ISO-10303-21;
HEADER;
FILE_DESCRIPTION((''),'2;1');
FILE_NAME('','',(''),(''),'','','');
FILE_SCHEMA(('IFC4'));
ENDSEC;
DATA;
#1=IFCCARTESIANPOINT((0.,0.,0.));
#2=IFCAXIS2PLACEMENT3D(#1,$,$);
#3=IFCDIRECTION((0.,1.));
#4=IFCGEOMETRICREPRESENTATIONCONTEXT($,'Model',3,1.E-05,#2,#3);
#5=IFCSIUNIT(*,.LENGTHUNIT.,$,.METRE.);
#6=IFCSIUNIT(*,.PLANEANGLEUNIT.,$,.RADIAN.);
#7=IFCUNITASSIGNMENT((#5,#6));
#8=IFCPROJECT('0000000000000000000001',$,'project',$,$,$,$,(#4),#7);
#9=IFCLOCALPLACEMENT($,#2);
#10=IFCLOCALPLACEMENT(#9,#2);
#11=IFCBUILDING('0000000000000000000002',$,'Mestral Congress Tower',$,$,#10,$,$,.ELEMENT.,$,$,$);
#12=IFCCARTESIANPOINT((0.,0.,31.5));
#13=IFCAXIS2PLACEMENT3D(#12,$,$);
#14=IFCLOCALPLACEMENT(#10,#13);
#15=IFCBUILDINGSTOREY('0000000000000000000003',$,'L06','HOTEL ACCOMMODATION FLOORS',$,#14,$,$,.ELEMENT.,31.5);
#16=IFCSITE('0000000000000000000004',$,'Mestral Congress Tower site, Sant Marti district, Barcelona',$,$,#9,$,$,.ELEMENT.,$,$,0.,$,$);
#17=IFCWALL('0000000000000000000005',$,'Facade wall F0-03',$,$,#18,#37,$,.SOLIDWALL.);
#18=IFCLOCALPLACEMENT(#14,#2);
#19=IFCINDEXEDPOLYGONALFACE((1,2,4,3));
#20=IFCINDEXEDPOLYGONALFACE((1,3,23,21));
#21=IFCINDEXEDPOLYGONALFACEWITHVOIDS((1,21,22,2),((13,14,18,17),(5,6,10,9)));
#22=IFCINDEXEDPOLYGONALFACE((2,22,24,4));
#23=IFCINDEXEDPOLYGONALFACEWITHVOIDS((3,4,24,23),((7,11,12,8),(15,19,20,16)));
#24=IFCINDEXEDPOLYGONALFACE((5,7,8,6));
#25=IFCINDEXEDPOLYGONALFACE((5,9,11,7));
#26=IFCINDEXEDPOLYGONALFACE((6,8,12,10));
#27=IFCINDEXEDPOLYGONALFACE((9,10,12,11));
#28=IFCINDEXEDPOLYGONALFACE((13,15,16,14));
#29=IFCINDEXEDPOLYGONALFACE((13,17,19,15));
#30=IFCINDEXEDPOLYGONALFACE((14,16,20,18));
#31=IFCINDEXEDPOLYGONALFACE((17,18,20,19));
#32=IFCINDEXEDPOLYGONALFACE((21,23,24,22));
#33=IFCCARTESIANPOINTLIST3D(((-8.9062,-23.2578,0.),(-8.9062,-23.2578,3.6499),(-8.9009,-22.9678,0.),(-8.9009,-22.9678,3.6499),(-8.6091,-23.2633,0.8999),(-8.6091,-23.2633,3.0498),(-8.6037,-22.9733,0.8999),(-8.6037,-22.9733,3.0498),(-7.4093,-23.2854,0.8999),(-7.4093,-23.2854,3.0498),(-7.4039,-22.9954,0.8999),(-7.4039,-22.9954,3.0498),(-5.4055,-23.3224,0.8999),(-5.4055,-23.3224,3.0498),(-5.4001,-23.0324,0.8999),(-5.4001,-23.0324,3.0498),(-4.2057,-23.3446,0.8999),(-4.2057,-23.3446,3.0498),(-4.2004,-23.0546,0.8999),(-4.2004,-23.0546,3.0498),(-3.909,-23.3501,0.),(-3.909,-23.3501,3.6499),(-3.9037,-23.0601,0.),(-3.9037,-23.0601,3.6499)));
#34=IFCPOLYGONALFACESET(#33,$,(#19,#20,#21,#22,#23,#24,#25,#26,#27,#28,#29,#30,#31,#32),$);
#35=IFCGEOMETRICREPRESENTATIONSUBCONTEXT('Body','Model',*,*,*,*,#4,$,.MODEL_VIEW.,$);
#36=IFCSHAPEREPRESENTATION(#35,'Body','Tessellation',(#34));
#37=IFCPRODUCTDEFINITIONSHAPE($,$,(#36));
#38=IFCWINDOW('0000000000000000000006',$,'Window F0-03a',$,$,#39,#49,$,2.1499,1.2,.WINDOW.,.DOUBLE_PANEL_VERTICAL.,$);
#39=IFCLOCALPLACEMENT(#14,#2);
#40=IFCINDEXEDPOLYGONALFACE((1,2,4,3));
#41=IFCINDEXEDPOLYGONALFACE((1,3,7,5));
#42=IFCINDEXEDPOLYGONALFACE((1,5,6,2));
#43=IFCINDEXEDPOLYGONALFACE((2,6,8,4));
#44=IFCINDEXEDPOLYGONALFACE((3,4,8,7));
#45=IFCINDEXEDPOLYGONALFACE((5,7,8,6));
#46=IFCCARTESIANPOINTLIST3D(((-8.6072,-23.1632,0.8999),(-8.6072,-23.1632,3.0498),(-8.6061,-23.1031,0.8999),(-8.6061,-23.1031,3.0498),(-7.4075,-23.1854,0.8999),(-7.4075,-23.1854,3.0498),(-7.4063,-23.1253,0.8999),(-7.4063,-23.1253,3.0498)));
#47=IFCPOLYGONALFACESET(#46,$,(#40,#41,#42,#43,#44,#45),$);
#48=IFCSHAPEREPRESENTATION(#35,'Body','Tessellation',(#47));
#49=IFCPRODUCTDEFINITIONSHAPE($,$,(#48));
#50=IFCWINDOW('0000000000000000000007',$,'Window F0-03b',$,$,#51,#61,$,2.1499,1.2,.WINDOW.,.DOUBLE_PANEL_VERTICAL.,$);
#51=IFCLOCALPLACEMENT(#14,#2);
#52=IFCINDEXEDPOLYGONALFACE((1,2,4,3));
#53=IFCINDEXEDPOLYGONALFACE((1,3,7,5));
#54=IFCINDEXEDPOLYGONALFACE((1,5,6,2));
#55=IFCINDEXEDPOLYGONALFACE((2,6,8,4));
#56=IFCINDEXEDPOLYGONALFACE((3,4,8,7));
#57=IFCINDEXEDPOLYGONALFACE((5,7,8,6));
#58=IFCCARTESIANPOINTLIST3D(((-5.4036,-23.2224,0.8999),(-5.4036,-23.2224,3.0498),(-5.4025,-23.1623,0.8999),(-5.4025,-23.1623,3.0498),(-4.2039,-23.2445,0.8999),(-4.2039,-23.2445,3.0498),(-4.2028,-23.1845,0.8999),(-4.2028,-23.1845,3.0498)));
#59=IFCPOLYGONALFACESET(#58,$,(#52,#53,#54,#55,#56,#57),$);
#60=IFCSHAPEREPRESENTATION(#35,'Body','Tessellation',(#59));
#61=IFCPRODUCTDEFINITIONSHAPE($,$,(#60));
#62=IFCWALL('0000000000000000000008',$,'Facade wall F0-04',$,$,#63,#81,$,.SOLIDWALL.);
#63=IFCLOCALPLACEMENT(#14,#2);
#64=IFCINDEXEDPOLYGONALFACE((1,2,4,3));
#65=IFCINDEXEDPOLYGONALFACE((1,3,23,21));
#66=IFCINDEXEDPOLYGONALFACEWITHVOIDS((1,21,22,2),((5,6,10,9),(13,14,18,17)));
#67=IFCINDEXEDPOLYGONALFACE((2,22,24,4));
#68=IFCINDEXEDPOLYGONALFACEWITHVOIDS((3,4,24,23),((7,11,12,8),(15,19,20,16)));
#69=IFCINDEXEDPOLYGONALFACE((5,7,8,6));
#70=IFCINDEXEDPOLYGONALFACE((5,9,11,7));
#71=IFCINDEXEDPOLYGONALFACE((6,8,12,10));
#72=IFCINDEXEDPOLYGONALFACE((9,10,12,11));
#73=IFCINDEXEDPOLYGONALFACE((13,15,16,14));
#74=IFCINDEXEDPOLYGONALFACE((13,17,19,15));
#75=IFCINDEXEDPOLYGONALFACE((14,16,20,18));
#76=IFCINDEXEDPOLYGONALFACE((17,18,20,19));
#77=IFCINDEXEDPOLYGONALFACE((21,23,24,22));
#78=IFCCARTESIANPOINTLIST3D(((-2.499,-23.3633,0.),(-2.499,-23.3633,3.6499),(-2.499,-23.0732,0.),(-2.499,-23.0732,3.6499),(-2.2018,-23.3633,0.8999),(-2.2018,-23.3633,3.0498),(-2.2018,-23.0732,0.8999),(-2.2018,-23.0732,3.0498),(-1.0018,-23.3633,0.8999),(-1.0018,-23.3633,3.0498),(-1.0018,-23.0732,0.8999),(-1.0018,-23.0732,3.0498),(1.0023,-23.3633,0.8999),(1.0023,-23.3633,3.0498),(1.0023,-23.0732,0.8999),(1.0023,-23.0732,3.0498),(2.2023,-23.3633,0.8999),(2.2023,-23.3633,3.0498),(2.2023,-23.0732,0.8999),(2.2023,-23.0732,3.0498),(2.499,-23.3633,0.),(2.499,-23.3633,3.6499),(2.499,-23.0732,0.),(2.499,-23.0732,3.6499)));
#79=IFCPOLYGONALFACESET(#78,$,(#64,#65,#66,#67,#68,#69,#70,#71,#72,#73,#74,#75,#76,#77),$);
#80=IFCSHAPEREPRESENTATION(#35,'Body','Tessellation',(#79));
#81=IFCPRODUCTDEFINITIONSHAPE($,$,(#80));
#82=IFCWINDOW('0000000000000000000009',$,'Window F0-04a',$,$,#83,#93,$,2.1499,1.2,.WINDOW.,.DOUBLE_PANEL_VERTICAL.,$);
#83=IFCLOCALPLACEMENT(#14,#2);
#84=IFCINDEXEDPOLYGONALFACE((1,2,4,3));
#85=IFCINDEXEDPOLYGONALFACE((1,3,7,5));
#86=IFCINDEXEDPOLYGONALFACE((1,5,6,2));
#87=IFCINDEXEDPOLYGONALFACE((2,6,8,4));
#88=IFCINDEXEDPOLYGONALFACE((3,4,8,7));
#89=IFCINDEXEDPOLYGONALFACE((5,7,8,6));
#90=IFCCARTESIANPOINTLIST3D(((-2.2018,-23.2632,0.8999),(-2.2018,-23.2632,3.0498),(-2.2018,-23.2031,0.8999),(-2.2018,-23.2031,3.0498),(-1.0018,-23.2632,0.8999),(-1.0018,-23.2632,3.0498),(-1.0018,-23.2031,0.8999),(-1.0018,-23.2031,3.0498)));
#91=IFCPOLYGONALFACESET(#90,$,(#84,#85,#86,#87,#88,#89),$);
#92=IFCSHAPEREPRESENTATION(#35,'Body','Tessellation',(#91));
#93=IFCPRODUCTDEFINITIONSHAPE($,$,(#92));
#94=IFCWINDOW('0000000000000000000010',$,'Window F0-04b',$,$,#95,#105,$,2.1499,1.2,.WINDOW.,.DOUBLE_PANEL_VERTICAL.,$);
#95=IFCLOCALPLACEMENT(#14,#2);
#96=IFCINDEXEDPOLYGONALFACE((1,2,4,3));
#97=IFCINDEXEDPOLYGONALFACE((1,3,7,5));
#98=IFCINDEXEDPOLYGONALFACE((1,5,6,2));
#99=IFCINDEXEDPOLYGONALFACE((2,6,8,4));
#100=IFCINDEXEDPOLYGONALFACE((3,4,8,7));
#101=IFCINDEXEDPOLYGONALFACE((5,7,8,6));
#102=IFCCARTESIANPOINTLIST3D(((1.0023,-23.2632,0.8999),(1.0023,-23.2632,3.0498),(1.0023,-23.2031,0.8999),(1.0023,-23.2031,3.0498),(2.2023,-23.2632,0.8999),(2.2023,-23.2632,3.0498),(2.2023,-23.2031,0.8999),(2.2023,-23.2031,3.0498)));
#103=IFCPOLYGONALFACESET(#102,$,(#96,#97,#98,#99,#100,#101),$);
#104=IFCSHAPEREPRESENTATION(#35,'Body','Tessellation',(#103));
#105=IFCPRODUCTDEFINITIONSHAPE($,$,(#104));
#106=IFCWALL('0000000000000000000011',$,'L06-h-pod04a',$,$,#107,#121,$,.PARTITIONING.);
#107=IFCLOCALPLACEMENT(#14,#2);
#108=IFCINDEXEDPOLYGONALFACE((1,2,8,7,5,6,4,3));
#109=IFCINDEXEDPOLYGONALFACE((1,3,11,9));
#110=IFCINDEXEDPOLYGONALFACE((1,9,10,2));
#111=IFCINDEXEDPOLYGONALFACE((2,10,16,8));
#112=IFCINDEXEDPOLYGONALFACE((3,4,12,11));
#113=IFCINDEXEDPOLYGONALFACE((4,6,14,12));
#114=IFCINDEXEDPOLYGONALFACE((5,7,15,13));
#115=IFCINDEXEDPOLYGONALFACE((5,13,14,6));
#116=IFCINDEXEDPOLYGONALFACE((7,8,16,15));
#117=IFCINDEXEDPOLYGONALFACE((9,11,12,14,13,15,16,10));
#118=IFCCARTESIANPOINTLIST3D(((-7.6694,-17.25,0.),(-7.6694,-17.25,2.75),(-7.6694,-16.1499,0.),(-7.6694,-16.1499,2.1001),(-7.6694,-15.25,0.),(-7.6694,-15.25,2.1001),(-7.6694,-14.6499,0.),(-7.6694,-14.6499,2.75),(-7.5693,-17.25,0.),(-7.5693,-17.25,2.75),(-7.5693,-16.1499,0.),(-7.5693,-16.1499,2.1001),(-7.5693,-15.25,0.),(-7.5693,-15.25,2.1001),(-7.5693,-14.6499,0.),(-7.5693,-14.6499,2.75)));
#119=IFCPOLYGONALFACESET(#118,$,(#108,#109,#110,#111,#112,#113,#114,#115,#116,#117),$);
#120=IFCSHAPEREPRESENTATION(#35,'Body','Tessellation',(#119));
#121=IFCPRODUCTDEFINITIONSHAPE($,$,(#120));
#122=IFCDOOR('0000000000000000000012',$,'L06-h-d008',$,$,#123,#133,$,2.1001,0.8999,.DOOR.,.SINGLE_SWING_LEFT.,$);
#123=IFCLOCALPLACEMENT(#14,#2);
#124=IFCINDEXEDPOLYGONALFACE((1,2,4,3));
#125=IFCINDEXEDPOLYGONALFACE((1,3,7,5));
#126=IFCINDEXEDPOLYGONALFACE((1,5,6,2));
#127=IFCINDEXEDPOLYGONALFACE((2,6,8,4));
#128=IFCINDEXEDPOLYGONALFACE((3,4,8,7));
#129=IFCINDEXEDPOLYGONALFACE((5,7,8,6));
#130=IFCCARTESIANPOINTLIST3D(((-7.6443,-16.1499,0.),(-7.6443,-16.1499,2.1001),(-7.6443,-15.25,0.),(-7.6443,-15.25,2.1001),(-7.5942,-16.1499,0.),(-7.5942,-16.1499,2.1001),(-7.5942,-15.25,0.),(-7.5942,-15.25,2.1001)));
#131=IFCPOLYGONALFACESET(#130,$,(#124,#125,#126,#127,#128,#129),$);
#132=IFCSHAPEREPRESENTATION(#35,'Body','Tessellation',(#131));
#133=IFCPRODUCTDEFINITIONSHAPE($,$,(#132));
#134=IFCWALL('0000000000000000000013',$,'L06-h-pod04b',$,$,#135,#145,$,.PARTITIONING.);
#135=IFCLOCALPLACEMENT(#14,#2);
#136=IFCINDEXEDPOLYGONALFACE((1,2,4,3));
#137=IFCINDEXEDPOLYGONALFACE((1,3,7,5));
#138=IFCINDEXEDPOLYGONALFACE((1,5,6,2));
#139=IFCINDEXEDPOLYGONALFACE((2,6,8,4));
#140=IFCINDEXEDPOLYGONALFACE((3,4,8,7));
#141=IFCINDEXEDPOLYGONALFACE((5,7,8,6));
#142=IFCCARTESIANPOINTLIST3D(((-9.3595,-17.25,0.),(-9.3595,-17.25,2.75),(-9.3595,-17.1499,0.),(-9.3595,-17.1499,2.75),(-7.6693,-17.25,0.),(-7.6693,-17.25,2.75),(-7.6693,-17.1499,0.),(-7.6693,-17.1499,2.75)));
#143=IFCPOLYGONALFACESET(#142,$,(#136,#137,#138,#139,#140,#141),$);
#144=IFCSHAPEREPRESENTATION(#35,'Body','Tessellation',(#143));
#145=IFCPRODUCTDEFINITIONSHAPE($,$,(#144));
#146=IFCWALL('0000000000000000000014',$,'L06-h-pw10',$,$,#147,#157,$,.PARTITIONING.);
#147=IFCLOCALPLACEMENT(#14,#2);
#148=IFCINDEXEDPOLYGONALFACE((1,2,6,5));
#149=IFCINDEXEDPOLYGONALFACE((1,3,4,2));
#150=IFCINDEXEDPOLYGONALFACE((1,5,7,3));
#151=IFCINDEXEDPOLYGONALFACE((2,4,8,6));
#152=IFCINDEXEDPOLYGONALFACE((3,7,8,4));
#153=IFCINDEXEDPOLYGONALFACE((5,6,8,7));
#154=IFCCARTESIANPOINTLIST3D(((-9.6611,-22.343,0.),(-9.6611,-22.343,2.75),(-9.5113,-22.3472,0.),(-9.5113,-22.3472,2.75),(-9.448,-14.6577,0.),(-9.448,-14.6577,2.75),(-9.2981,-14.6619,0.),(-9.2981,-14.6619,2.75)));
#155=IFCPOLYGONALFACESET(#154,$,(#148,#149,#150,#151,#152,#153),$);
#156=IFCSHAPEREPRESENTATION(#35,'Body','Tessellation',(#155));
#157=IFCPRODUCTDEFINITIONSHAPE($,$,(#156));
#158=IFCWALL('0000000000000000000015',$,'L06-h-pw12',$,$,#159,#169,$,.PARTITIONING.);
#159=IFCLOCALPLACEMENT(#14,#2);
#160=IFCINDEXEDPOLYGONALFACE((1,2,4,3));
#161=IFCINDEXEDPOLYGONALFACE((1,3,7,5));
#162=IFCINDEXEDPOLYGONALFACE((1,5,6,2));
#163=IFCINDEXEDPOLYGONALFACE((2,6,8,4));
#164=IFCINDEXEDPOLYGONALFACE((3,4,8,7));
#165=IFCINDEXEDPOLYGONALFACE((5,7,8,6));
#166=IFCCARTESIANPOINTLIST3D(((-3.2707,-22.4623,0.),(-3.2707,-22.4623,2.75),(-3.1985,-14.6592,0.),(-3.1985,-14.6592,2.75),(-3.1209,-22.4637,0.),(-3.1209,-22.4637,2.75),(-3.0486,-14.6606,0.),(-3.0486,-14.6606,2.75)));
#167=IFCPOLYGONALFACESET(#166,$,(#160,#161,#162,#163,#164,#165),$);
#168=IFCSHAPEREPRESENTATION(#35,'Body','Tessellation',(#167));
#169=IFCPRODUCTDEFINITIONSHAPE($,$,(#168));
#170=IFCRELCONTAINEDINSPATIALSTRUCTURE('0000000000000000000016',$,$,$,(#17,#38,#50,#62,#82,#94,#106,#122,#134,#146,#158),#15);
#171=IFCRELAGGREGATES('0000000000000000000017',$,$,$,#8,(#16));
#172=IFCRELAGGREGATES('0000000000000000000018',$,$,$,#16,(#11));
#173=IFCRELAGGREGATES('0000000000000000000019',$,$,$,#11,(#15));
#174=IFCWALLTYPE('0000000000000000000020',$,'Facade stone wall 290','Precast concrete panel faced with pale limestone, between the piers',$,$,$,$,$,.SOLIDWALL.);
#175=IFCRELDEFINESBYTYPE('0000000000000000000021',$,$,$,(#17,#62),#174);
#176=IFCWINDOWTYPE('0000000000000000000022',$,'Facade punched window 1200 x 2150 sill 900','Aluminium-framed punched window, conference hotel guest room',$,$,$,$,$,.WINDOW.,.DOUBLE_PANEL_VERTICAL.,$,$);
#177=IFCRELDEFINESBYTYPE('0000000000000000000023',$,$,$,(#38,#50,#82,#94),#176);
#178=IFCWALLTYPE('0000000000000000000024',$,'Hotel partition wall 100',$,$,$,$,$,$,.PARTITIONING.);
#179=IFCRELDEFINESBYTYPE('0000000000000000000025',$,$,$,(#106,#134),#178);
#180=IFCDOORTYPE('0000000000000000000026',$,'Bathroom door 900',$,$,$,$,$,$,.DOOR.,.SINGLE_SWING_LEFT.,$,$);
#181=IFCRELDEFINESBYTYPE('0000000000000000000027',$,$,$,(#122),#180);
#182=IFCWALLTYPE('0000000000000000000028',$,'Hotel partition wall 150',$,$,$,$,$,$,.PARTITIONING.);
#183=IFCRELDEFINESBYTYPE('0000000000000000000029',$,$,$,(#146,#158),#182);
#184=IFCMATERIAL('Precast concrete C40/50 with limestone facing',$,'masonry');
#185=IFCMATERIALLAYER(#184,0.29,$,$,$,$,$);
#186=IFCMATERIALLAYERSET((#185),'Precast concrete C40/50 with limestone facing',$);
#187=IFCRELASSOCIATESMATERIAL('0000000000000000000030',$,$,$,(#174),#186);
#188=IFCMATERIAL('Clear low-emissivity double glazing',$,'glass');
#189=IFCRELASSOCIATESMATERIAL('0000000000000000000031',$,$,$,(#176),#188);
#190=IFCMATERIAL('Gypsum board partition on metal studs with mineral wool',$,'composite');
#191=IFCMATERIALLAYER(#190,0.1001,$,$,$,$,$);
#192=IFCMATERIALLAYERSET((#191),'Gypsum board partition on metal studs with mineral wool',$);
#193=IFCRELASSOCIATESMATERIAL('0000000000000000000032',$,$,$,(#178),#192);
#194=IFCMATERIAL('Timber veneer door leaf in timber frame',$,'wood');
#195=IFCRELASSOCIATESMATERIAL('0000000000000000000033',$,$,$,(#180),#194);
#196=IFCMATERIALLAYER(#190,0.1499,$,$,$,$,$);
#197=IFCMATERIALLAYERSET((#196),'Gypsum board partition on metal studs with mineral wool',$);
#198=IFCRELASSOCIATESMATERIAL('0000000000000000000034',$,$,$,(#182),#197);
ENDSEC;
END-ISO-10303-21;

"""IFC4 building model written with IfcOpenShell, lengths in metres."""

from ifc_helpers import new_model, si_unit, direction, frame, frame_2d, origin, place, context, subcontext, project, spatial, rectangle, extrude, material, layer, layer_set, type_object, element, fill, save


model = new_model("IFC4")

# Units and contexts
model_context = context("Model", 3, precision=1e-05, world=origin(), true_north=direction((0.0, 1.0)))
body_context = subcontext(model_context, "Body", "Model", "MODEL_VIEW")
ifc_project = project(units=[si_unit("LENGTHUNIT", "METRE"), si_unit("PLANEANGLEUNIT", "RADIAN")], contexts=[model_context])

# Site, building, storey
site_placement = place(None, origin())
site = spatial("IfcSite", under=ifc_project, at=site_placement, Name="Mestral Congress Tower site, Sant Marti district, Barcelona", CompositionType="ELEMENT", RefElevation=0.0)
building_placement = place(site_placement, origin())
building = spatial("IfcBuilding", under=site, at=building_placement, Name="Mestral Congress Tower", CompositionType="ELEMENT")
storey_placement = place(building_placement, frame((0.0, 0.0, 31.5)))
storey = spatial("IfcBuildingStorey", under=building, at=storey_placement, Name="L06", Description="HOTEL ACCOMMODATION FLOORS", CompositionType="ELEMENT", Elevation=31.5)

# Walls, openings, windows
ifc_material_1 = material(Name="Precast concrete C40/50 with limestone facing", Category="masonry")
ifc_layer_1 = layer(ifc_material_1, 0.29)
ifc_layer_set_1 = layer_set([ifc_layer_1], Name="Precast concrete C40/50 with limestone facing")
wall_type_1 = type_object("IfcWallType", Name="Facade stone wall 290", Description="Precast concrete panel faced with pale limestone, between the piers", PredefinedType="SOLIDWALL", material=ifc_layer_set_1)
wall_1_placement = place(storey_placement, frame((-8.9036, -23.1128, 0.0), z_axis=(0.0, 0.0, 1.0), x_axis=(0.99983, -0.018464, 0.0)))
wall_1 = element("IfcWall", 1, at=wall_1_placement, inside=storey, type_object=wall_type_1, Name="Facade wall F0-03", PredefinedType="SOLIDWALL", context=body_context, shape_type="SweptSolid", body=[
    extrude(rectangle(XDim=4.998, YDim=0.29, at=frame_2d((2.499, 0.0))), origin(), (0.0, 0.0, 1.0), 3.6499),
])
opening_1_placement = place(wall_1_placement, frame((0.2971, 0.0, 0.8999)))
opening_1 = element("IfcOpeningElement", 2, at=opening_1_placement, cuts=wall_1, PredefinedType="OPENING", context=body_context, shape_type="SweptSolid", body=[
    extrude(rectangle(XDim=1.2, YDim=2.1499, at=frame_2d((0.6001, 1.075))), frame((0.0, 0.155, 0.0), z_axis=(0.0, -1.0, 0.0), x_axis=(1.0, 0.0, 0.0)), (0.0, 0.0, 1.0), 0.3101),
])
opening_2_placement = place(wall_1_placement, frame((3.5012, 0.0, 0.8999)))
opening_2 = element("IfcOpeningElement", 3, at=opening_2_placement, cuts=wall_1, PredefinedType="OPENING", context=body_context, shape_type="SweptSolid", body=[
    extrude(rectangle(XDim=1.2, YDim=2.1499, at=frame_2d((0.6001, 1.075))), frame((0.0, 0.155, 0.0), z_axis=(0.0, -1.0, 0.0), x_axis=(1.0, 0.0, 0.0)), (0.0, 0.0, 1.0), 0.3101),
])
ifc_material_2 = material(Name="Clear low-emissivity double glazing", Category="glass")
window_type = type_object("IfcWindowType", Name="Facade punched window 1200 x 2150 sill 900", Description="Aluminium-framed punched window, conference hotel guest room", PartitioningType="DOUBLE_PANEL_VERTICAL", PredefinedType="WINDOW", material=ifc_material_2)
window_1_placement = place(opening_1_placement, origin())
window_1 = element("IfcWindow", 4, at=window_1_placement, inside=storey, type_object=window_type, Name="Window F0-03a", OverallHeight=2.1499, OverallWidth=1.2, PartitioningType="DOUBLE_PANEL_VERTICAL", PredefinedType="WINDOW", context=body_context, shape_type="SweptSolid", body=[
    extrude(rectangle(XDim=1.2, YDim=2.1499, at=frame_2d((0.6001, 1.075))), frame((0.0, 0.0151, 0.0), z_axis=(0.0, -1.0, 0.0), x_axis=(1.0, 0.0, 0.0)), (0.0, 0.0, 1.0), 0.0601),
])
fill(opening_1, window_1)
window_2_placement = place(opening_2_placement, origin())
window_2 = element("IfcWindow", 5, at=window_2_placement, inside=storey, type_object=window_type, Name="Window F0-03b", OverallHeight=2.1499, OverallWidth=1.2, PartitioningType="DOUBLE_PANEL_VERTICAL", PredefinedType="WINDOW", context=body_context, shape_type="SweptSolid", body=[
    extrude(rectangle(XDim=1.2, YDim=2.1499, at=frame_2d((0.6001, 1.075))), frame((0.0, 0.0151, 0.0), z_axis=(0.0, -1.0, 0.0), x_axis=(1.0, 0.0, 0.0)), (0.0, 0.0, 1.0), 0.0601),
])
fill(opening_2, window_2)
wall_2_placement = place(storey_placement, frame((-2.499, -23.2183, 0.0), z_axis=(0.0, 0.0, 1.0), x_axis=(1.0, 0.0, 0.0)))
wall_2 = element("IfcWall", 6, at=wall_2_placement, inside=storey, type_object=wall_type_1, Name="Facade wall F0-04", PredefinedType="SOLIDWALL", context=body_context, shape_type="SweptSolid", body=[
    extrude(rectangle(XDim=4.998, YDim=0.29, at=frame_2d((2.499, 0.0))), origin(), (0.0, 0.0, 1.0), 3.6499),
])
opening_3_placement = place(wall_2_placement, frame((0.2971, 0.0, 0.8999)))
opening_3 = element("IfcOpeningElement", 7, at=opening_3_placement, cuts=wall_2, PredefinedType="OPENING", context=body_context, shape_type="SweptSolid", body=[
    extrude(rectangle(XDim=1.2, YDim=2.1499, at=frame_2d((0.6001, 1.075))), frame((0.0, 0.155, 0.0), z_axis=(0.0, -1.0, 0.0), x_axis=(1.0, 0.0, 0.0)), (0.0, 0.0, 1.0), 0.3101),
])
opening_4_placement = place(wall_2_placement, frame((3.5012, 0.0, 0.8999)))
opening_4 = element("IfcOpeningElement", 8, at=opening_4_placement, cuts=wall_2, PredefinedType="OPENING", context=body_context, shape_type="SweptSolid", body=[
    extrude(rectangle(XDim=1.2, YDim=2.1499, at=frame_2d((0.6001, 1.075))), frame((0.0, 0.155, 0.0), z_axis=(0.0, -1.0, 0.0), x_axis=(1.0, 0.0, 0.0)), (0.0, 0.0, 1.0), 0.3101),
])
window_3_placement = place(opening_3_placement, origin())
window_3 = element("IfcWindow", 9, at=window_3_placement, inside=storey, type_object=window_type, Name="Window F0-04a", OverallHeight=2.1499, OverallWidth=1.2, PartitioningType="DOUBLE_PANEL_VERTICAL", PredefinedType="WINDOW", context=body_context, shape_type="SweptSolid", body=[
    extrude(rectangle(XDim=1.2, YDim=2.1499, at=frame_2d((0.6001, 1.075))), frame((0.0, 0.0151, 0.0), z_axis=(0.0, -1.0, 0.0), x_axis=(1.0, 0.0, 0.0)), (0.0, 0.0, 1.0), 0.0601),
])
fill(opening_3, window_3)
window_4_placement = place(opening_4_placement, origin())
window_4 = element("IfcWindow", 10, at=window_4_placement, inside=storey, type_object=window_type, Name="Window F0-04b", OverallHeight=2.1499, OverallWidth=1.2, PartitioningType="DOUBLE_PANEL_VERTICAL", PredefinedType="WINDOW", context=body_context, shape_type="SweptSolid", body=[
    extrude(rectangle(XDim=1.2, YDim=2.1499, at=frame_2d((0.6001, 1.075))), frame((0.0, 0.0151, 0.0), z_axis=(0.0, -1.0, 0.0), x_axis=(1.0, 0.0, 0.0)), (0.0, 0.0, 1.0), 0.0601),
])
fill(opening_4, window_4)

# Wall, opening, door
ifc_material_3 = material(Name="Gypsum board partition on metal studs with mineral wool", Category="composite")
ifc_layer_2 = layer(ifc_material_3, 0.1001)
ifc_layer_set_2 = layer_set([ifc_layer_2], Name="Gypsum board partition on metal studs with mineral wool")
wall_type_2 = type_object("IfcWallType", Name="Hotel partition wall 100", PredefinedType="PARTITIONING", material=ifc_layer_set_2)
wall_3_placement = place(storey_placement, frame((-7.6194, -17.25, 0.0), z_axis=(0.0, 0.0, 1.0), x_axis=(0.0, 1.0, 0.0)))
wall_3 = element("IfcWall", 11, at=wall_3_placement, inside=storey, type_object=wall_type_2, Name="L06-h-pod04a", PredefinedType="PARTITIONING", context=body_context, shape_type="SweptSolid", body=[
    extrude(rectangle(XDim=2.6001, YDim=0.1001, at=frame_2d((1.3, 0.0))), origin(), (0.0, 0.0, 1.0), 2.75),
])
opening_5_placement = place(wall_3_placement, frame((1.1001, 0.0, 0.0)))
opening_5 = element("IfcOpeningElement", 12, at=opening_5_placement, cuts=wall_3, PredefinedType="OPENING", context=body_context, shape_type="SweptSolid", body=[
    extrude(rectangle(XDim=0.8999, YDim=2.1001, at=frame_2d((0.45, 1.05))), frame((0.0, 0.0601, 0.0), z_axis=(0.0, -1.0, 0.0), x_axis=(1.0, 0.0, 0.0)), (0.0, 0.0, 1.0), 0.1201),
])
ifc_material_4 = material(Name="Timber veneer door leaf in timber frame", Category="wood")
door_type = type_object("IfcDoorType", Name="Bathroom door 900", OperationType="SINGLE_SWING_LEFT", PredefinedType="DOOR", material=ifc_material_4)
door_placement = place(opening_5_placement, origin())
door = element("IfcDoor", 13, at=door_placement, inside=storey, type_object=door_type, Name="L06-h-d008", OperationType="SINGLE_SWING_LEFT", OverallHeight=2.1001, OverallWidth=0.8999, PredefinedType="DOOR", context=body_context, shape_type="SweptSolid", body=[
    extrude(rectangle(XDim=0.8999, YDim=2.1001, at=frame_2d((0.45, 1.05))), frame((0.0, 0.0249, 0.0), z_axis=(0.0, -1.0, 0.0), x_axis=(1.0, 0.0, 0.0)), (0.0, 0.0, 1.0), 0.05),
])
fill(opening_5, door)

# Walls
wall_4_placement = place(storey_placement, frame((-7.6692, -17.2, 0.0), z_axis=(0.0, 0.0, 1.0), x_axis=(-1.0, 0.0, 0.0)))
element("IfcWall", 14, at=wall_4_placement, inside=storey, type_object=wall_type_2, Name="L06-h-pod04b", PredefinedType="PARTITIONING", context=body_context, shape_type="SweptSolid", body=[
    extrude(rectangle(XDim=1.6902, YDim=0.1001, at=frame_2d((0.8452, 0.0))), origin(), (0.0, 0.0, 1.0), 2.75),
])
ifc_layer_3 = layer(ifc_material_3, 0.1499)
ifc_layer_set_3 = layer_set([ifc_layer_3], Name="Gypsum board partition on metal studs with mineral wool")
wall_type_3 = type_object("IfcWallType", Name="Hotel partition wall 150", PredefinedType="PARTITIONING", material=ifc_layer_set_3)
wall_5_placement = place(storey_placement, frame((-9.5862, -22.3452, 0.0), z_axis=(0.0, 0.0, 1.0), x_axis=(0.027722, 0.999616, 0.0)))
element("IfcWall", 15, at=wall_5_placement, inside=storey, type_object=wall_type_3, Name="L06-h-pw10", PredefinedType="PARTITIONING", context=body_context, shape_type="SweptSolid", body=[
    extrude(rectangle(XDim=7.6882, YDim=0.1499, at=frame_2d((3.8442, 0.0))), origin(), (0.0, 0.0, 1.0), 2.75),
])
wall_6_placement = place(storey_placement, frame((-3.1958, -22.4631, 0.0), z_axis=(0.0, 0.0, 1.0), x_axis=(0.009261, 0.999957, 0.0)))
element("IfcWall", 16, at=wall_6_placement, inside=storey, type_object=wall_type_3, Name="L06-h-pw12", PredefinedType="PARTITIONING", context=body_context, shape_type="SweptSolid", body=[
    extrude(rectangle(XDim=7.8035, YDim=0.1499, at=frame_2d((3.9019, 0.0))), origin(), (0.0, 0.0, 1.0), 2.75),
])

save(model, "model.ifc")
